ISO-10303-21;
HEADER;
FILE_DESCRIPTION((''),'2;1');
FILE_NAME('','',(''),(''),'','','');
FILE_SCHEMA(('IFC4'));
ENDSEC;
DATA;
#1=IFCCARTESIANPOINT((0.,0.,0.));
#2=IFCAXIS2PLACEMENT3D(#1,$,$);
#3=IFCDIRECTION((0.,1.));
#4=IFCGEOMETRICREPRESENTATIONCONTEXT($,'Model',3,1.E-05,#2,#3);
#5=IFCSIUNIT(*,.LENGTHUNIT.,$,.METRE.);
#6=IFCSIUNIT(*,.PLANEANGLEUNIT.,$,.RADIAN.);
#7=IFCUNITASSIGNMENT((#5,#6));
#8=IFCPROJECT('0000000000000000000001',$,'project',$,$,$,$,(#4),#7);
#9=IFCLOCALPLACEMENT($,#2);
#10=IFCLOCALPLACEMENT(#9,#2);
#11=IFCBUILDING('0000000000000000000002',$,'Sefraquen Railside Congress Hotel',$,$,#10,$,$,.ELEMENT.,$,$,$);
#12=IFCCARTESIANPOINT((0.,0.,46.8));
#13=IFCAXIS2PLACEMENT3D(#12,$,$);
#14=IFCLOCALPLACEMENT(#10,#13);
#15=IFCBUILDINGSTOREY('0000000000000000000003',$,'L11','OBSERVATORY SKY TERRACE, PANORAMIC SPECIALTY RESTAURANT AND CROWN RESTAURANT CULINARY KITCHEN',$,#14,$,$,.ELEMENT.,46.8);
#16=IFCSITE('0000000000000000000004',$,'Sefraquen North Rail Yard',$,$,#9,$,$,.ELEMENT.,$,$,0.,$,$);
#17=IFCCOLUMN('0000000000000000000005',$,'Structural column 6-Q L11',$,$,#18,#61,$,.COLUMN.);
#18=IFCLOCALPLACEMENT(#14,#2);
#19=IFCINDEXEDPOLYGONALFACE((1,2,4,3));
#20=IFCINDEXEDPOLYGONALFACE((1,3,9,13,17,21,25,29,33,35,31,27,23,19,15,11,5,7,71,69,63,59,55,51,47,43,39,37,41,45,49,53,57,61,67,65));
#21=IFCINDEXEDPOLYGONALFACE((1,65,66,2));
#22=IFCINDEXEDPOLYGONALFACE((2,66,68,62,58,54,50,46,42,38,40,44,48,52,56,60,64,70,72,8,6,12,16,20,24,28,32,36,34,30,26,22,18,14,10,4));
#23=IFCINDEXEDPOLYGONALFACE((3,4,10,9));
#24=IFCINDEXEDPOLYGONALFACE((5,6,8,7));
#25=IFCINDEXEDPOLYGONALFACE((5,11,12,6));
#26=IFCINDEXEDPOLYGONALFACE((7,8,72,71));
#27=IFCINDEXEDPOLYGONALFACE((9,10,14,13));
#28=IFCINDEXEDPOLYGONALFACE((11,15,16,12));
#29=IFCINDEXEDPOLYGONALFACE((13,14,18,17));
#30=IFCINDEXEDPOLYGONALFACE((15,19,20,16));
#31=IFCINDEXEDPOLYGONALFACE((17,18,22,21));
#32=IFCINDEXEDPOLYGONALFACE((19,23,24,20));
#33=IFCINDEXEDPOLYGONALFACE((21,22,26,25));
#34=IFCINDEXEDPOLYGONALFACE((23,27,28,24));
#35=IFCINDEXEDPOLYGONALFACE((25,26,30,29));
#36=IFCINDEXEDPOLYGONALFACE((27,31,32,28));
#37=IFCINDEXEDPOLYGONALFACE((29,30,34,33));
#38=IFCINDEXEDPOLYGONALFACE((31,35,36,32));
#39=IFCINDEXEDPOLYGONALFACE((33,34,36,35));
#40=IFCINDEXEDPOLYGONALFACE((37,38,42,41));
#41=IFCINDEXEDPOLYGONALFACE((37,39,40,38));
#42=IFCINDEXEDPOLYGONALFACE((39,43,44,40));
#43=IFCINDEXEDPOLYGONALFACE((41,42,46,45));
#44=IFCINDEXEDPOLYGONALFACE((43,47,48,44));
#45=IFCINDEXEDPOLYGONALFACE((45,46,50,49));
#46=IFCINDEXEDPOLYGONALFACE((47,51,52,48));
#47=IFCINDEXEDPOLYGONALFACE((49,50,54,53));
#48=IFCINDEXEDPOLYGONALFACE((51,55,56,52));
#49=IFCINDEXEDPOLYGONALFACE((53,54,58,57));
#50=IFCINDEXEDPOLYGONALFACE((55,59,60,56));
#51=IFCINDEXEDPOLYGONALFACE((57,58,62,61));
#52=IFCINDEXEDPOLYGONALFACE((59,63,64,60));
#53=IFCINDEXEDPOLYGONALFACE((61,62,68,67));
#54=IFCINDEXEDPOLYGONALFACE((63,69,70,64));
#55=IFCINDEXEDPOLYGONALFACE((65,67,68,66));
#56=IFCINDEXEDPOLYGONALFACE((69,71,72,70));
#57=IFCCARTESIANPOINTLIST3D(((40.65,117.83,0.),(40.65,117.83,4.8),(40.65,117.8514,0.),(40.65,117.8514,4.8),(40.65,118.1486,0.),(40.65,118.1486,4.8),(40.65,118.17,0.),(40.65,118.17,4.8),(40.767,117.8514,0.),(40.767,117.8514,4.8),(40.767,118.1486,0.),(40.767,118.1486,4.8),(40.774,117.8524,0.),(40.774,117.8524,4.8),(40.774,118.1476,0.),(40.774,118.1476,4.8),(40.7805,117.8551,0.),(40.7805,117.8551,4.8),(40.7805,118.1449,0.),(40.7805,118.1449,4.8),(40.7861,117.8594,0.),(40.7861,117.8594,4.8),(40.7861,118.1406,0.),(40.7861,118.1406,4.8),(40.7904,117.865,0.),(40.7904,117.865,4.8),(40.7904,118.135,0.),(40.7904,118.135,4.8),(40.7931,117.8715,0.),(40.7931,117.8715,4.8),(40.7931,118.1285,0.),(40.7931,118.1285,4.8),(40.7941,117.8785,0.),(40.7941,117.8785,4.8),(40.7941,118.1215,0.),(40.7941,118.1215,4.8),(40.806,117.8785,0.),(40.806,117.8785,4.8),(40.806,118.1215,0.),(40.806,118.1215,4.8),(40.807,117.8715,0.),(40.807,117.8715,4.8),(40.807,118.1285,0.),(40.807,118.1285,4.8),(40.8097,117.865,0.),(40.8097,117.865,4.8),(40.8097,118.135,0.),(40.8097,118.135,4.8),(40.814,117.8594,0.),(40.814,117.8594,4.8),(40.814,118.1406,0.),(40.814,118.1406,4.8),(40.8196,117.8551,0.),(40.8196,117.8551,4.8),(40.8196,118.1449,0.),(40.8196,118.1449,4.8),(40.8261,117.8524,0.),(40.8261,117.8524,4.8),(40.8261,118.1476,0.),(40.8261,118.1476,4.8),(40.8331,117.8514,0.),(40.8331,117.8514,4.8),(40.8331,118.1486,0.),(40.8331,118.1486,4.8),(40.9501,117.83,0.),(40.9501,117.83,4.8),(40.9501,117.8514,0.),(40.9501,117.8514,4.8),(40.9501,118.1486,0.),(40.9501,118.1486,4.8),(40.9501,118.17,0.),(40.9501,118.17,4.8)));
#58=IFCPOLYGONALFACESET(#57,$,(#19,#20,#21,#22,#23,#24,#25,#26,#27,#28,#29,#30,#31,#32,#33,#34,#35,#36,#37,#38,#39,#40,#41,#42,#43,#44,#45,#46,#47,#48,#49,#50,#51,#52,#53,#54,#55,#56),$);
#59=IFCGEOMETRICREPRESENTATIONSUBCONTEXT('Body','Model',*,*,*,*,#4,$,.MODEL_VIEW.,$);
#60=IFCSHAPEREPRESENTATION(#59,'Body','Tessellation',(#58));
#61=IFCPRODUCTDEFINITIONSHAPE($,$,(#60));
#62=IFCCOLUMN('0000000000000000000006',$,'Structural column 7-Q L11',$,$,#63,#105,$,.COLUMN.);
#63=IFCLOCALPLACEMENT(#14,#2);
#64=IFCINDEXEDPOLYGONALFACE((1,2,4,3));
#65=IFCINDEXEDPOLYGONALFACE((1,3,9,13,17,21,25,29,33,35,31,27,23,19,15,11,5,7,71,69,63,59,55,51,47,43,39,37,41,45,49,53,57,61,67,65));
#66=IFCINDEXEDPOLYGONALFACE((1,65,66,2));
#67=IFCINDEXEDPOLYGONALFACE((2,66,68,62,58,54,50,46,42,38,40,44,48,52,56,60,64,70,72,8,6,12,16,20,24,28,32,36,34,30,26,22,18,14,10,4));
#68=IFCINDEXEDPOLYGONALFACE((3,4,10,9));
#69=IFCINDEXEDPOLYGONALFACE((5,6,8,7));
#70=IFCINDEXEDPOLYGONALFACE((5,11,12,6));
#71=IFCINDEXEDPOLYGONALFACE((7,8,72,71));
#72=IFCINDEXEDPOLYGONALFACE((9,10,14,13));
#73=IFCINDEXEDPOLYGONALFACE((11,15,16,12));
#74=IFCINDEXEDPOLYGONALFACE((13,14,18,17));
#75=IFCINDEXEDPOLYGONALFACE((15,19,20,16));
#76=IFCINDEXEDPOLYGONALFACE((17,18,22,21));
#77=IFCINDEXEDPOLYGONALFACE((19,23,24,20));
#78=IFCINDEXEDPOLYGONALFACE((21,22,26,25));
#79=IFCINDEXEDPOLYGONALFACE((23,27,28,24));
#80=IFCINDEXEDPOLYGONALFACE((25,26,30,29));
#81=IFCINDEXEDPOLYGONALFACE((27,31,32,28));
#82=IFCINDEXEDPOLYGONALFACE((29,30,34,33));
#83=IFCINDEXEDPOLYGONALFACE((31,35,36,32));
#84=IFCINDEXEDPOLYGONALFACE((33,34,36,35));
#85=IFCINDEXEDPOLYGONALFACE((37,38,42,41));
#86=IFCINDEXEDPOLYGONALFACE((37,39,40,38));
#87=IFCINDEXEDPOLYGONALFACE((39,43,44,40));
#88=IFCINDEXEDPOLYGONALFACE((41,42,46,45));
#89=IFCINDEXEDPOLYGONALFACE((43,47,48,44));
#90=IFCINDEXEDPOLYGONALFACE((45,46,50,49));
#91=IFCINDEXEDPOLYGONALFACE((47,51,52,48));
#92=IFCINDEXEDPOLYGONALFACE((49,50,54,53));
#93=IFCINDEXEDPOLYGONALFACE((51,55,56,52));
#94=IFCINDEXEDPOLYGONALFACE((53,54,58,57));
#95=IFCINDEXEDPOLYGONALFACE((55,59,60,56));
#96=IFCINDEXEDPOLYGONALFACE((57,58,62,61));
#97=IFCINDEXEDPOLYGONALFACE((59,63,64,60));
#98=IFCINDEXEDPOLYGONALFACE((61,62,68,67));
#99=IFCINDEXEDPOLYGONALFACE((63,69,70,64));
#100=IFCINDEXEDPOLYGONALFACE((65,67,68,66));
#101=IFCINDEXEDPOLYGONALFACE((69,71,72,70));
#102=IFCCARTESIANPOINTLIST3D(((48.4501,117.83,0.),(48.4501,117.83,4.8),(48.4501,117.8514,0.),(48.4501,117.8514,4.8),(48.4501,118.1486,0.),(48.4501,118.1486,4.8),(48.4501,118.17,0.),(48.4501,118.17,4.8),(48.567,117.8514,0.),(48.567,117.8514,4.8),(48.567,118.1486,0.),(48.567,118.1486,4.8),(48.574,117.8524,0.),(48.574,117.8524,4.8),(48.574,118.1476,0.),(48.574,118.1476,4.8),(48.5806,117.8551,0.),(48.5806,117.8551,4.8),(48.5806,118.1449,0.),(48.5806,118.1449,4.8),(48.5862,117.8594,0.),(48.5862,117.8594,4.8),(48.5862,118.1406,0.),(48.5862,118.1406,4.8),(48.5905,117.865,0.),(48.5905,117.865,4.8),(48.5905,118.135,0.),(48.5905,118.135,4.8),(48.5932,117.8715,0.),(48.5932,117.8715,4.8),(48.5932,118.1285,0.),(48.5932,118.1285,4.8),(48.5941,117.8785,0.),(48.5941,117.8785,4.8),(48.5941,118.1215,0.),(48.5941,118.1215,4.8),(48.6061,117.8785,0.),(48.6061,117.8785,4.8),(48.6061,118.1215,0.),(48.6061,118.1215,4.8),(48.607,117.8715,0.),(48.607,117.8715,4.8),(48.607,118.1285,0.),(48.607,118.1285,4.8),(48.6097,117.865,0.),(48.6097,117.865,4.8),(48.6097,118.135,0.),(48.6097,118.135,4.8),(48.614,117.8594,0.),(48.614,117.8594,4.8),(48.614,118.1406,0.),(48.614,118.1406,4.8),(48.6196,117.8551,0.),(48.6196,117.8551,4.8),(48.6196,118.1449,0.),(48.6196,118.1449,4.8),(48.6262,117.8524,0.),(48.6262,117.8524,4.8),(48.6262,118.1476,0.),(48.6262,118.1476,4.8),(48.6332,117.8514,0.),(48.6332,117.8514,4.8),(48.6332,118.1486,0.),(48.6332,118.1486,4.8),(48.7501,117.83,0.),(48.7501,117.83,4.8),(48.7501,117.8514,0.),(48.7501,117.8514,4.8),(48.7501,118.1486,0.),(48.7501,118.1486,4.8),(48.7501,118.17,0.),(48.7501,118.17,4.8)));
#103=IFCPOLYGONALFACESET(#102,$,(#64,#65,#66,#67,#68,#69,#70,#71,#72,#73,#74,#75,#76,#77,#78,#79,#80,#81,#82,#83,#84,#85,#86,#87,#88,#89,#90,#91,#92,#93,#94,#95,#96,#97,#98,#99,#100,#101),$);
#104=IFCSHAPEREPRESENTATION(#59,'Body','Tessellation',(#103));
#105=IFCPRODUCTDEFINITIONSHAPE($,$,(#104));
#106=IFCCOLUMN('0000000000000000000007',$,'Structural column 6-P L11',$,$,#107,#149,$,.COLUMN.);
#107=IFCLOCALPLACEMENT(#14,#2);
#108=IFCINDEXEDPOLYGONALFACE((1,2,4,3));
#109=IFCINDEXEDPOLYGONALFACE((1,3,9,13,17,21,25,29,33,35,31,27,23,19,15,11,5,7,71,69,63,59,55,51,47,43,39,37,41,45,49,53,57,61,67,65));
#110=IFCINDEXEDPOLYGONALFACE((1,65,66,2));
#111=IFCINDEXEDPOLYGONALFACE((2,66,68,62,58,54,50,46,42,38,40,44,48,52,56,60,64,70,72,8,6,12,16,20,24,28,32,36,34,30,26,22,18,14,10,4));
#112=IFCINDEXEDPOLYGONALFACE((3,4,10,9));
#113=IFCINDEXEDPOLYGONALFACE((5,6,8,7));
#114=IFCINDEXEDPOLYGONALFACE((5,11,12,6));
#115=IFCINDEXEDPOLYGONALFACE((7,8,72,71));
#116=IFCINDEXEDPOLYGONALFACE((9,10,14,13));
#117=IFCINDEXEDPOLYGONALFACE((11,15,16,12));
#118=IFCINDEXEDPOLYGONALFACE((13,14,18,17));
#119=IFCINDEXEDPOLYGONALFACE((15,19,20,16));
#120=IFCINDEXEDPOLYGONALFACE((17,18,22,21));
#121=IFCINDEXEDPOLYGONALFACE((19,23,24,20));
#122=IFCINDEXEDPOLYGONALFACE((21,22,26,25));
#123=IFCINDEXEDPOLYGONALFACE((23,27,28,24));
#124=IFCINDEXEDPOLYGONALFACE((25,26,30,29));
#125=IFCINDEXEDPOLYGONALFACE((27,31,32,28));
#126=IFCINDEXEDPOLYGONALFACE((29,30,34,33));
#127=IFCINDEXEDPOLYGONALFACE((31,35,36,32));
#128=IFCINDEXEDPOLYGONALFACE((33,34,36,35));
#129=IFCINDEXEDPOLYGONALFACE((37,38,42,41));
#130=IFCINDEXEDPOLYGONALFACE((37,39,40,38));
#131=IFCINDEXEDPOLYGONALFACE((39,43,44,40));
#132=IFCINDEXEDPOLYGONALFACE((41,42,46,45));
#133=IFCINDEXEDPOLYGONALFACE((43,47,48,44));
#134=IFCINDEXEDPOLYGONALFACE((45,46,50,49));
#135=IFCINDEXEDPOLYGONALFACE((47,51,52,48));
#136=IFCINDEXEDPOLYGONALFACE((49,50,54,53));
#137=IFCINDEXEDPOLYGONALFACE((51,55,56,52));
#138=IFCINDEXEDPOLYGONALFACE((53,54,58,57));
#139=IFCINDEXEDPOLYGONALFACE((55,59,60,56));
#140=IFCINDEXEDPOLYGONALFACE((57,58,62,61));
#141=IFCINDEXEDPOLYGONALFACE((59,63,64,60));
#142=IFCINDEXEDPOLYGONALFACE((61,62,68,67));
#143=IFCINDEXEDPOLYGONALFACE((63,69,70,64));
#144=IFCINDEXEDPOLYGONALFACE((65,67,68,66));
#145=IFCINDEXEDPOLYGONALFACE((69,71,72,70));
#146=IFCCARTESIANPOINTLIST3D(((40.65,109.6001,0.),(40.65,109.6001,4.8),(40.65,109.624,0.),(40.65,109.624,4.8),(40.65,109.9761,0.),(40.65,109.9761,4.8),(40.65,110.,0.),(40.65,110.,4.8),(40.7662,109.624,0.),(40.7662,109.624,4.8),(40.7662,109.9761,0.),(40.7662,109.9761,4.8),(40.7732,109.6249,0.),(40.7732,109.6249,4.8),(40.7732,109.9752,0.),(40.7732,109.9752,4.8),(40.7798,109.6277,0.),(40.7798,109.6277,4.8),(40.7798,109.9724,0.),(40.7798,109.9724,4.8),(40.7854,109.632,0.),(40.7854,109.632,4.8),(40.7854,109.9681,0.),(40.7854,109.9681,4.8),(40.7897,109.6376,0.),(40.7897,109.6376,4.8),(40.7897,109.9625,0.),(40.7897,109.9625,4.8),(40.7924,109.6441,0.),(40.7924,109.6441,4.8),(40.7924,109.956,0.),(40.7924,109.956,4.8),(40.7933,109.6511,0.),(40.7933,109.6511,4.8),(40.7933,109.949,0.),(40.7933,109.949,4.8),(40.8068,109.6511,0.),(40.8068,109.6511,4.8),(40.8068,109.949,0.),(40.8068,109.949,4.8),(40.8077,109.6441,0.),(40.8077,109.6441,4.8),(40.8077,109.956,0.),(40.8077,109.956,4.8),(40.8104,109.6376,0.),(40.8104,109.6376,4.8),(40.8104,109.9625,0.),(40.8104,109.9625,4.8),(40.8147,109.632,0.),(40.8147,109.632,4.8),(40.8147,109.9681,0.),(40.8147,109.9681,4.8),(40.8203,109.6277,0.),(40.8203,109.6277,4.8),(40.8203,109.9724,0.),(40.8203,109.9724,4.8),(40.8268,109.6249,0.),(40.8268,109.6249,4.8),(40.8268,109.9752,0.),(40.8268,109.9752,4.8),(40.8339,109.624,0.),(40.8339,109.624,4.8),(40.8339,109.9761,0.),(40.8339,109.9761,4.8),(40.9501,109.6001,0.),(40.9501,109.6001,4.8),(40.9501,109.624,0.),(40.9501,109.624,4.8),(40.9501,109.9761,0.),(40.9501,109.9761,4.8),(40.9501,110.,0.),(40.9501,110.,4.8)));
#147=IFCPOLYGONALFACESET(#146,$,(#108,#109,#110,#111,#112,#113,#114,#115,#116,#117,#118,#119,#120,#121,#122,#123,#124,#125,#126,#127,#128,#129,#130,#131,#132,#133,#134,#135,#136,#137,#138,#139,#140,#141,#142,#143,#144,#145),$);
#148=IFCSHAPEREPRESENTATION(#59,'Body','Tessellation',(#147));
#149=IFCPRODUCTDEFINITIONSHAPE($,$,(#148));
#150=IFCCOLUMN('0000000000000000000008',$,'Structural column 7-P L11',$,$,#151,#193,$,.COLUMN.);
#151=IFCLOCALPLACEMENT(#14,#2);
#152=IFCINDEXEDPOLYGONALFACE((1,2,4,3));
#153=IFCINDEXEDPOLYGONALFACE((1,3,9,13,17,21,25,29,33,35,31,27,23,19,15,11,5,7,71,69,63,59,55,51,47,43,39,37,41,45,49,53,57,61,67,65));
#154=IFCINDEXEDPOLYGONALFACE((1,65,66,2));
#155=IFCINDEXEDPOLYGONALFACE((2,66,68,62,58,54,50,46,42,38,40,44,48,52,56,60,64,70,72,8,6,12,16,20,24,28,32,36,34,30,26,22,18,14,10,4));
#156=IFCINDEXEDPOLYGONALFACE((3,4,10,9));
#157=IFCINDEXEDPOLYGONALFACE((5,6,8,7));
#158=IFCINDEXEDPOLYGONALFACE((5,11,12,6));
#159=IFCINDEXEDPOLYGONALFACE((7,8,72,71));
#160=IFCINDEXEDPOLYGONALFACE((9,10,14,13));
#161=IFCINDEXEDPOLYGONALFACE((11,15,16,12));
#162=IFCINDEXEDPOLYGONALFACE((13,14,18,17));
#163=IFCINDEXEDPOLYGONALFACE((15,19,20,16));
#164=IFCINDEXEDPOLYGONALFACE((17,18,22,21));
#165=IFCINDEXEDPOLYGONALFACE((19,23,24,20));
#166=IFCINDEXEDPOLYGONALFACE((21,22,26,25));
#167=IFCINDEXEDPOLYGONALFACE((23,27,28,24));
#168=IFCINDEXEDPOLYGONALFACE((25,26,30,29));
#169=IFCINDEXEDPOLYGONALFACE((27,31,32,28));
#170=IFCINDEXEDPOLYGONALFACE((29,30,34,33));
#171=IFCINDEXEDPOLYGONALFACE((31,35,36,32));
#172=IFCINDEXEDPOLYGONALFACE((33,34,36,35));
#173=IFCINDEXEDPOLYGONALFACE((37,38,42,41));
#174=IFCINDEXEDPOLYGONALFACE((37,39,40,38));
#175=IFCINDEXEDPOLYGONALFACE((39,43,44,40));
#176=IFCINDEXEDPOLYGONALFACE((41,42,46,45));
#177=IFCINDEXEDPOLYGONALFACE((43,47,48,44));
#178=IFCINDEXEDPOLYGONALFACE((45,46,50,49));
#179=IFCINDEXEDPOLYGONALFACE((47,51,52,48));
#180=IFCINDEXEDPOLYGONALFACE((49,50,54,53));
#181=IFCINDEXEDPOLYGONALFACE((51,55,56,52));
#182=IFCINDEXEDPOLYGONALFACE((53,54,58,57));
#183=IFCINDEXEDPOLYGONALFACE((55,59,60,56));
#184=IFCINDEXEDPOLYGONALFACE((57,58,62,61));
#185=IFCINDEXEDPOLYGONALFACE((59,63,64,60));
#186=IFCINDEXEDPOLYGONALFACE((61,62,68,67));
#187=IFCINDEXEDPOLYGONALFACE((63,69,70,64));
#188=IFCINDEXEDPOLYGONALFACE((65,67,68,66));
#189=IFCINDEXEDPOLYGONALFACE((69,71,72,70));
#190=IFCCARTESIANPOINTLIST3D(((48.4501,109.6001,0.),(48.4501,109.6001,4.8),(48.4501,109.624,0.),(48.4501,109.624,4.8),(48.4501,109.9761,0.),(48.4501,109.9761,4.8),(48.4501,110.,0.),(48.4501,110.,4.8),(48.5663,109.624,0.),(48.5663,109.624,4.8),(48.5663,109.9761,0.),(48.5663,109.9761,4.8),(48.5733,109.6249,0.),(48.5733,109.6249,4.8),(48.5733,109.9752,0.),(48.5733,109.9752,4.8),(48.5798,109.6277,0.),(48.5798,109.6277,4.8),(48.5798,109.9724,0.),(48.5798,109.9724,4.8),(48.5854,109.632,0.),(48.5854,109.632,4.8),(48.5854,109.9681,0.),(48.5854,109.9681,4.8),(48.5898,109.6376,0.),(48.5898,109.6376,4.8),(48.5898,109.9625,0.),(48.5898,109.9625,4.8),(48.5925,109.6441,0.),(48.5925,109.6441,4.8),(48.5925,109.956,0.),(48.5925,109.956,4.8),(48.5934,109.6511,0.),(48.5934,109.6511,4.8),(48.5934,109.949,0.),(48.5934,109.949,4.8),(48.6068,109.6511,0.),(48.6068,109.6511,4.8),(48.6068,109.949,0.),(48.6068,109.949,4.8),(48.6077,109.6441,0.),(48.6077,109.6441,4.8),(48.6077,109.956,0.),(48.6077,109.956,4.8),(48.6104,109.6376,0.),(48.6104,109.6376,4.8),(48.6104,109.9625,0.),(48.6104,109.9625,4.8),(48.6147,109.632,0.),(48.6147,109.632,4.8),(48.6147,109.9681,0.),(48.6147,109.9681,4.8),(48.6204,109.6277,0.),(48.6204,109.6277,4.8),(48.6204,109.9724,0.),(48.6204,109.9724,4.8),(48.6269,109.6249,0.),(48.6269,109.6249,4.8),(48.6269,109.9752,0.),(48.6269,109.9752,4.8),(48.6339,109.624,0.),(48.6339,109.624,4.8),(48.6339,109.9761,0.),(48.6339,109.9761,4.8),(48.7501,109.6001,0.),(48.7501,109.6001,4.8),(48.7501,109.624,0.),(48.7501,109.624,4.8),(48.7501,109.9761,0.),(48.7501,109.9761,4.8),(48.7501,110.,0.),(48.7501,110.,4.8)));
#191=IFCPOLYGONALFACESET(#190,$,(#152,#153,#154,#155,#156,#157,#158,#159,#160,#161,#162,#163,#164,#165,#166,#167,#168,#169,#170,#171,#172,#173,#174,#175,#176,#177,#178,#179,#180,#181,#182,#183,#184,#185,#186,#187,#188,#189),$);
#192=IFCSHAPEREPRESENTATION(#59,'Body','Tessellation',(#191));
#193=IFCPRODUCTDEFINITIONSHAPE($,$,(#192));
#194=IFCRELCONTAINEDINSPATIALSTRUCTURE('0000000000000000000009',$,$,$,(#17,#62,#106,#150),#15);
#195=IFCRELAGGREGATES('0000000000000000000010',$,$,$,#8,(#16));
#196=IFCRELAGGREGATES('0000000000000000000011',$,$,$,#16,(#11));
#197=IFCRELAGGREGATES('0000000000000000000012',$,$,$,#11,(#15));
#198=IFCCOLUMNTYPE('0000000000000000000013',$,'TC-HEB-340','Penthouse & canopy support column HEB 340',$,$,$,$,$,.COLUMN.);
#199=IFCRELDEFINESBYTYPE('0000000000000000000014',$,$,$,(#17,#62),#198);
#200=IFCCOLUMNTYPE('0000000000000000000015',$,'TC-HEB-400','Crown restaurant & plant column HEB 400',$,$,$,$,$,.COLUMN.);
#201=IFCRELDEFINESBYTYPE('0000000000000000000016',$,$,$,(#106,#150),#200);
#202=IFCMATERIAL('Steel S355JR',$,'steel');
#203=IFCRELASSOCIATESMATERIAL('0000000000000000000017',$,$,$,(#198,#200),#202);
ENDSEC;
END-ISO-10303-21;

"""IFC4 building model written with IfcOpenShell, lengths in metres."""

from ifc_helpers import new_model, si_unit, direction, frame, origin, origin_2d, place, context, subcontext, project, spatial, i_section, extrude, material, material_profile, profile_set, type_object, element, save


model = new_model("IFC4")

# Units and contexts
model_context = context("Model", 3, precision=1e-05, world=origin(), true_north=direction((0.0, 1.0)))
body_context = subcontext(model_context, "Body", "Model", "MODEL_VIEW")
ifc_project = project(units=[si_unit("LENGTHUNIT", "METRE"), si_unit("PLANEANGLEUNIT", "RADIAN")], contexts=[model_context])

# Site, building, storey
site_placement = place(None, origin())
site = spatial("IfcSite", under=ifc_project, at=site_placement, Name="Sefraquen North Rail Yard", CompositionType="ELEMENT", RefElevation=0.0)
building_placement = place(site_placement, origin())
building = spatial("IfcBuilding", under=site, at=building_placement, Name="Sefraquen Railside Congress Hotel", CompositionType="ELEMENT")
storey_placement = place(building_placement, frame((0.0, 0.0, 46.8)))
storey = spatial("IfcBuildingStorey", under=building, at=storey_placement, Name="L11", Description="OBSERVATORY SKY TERRACE, PANORAMIC SPECIALTY RESTAURANT AND CROWN RESTAURANT CULINARY KITCHEN", CompositionType="ELEMENT", Elevation=46.8)

# Columns
ifc_material_1 = material(Name="Steel S355JR", Category="steel")
ifc_material_profile_1 = material_profile(ifc_material_1, i_section(OverallWidth=0.3, OverallDepth=0.3401, WebThickness=0.012, FlangeThickness=0.0215, FilletRadius=0.0271, at=origin_2d()), Name="HEB 340")
ifc_profile_set_1 = profile_set([ifc_material_profile_1], Name="Steel S355JR")
column_type_1 = type_object("IfcColumnType", Name="TC-HEB-340", Description="Penthouse & canopy support column HEB 340", PredefinedType="COLUMN", material=ifc_profile_set_1)
for number, where, z_axis, x_axis, name in (
    (1, (40.8, 118.0, 0.0), (0.0, 0.0, 1.0), (1.0, 0.0, 0.0), "Structural column 6-Q L11"),
    (2, (48.6001, 118.0, 0.0), (0.0, 0.0, 1.0), (1.0, 0.0, 0.0), "Structural column 7-Q L11"),
):
    element("IfcColumn", number, at=place(storey_placement, frame(where, z_axis=z_axis, x_axis=x_axis)), inside=storey, type_object=column_type_1, Name=name, PredefinedType="COLUMN", context=body_context, shape_type="SweptSolid", body=[
        extrude(i_section(OverallWidth=0.3, OverallDepth=0.3401, WebThickness=0.012, FlangeThickness=0.0215, FilletRadius=0.0271, at=origin_2d()), origin(), (0.0, 0.0, 1.0), 4.8),
    ])
ifc_material_profile_2 = material_profile(ifc_material_1, i_section(OverallWidth=0.3, OverallDepth=0.3999, WebThickness=0.0134, FlangeThickness=0.0239, FilletRadius=0.0271, at=origin_2d()), Name="HEB 400")
ifc_profile_set_2 = profile_set([ifc_material_profile_2], Name="Steel S355JR")
column_type_2 = type_object("IfcColumnType", Name="TC-HEB-400", Description="Crown restaurant & plant column HEB 400", PredefinedType="COLUMN", material=ifc_profile_set_2)
for number, where, z_axis, x_axis, name in (
    (3, (40.8, 109.8, 0.0), (0.0, 0.0, 1.0), (1.0, 0.0, 0.0), "Structural column 6-P L11"),
    (4, (48.6001, 109.8, 0.0), (0.0, 0.0, 1.0), (1.0, 0.0, 0.0), "Structural column 7-P L11"),
):
    element("IfcColumn", number, at=place(storey_placement, frame(where, z_axis=z_axis, x_axis=x_axis)), inside=storey, type_object=column_type_2, Name=name, PredefinedType="COLUMN", context=body_context, shape_type="SweptSolid", body=[
        extrude(i_section(OverallWidth=0.3, OverallDepth=0.3999, WebThickness=0.0134, FlangeThickness=0.0239, FilletRadius=0.0271, at=origin_2d()), origin(), (0.0, 0.0, 1.0), 4.8),
    ])

save(model, "model.ifc")
